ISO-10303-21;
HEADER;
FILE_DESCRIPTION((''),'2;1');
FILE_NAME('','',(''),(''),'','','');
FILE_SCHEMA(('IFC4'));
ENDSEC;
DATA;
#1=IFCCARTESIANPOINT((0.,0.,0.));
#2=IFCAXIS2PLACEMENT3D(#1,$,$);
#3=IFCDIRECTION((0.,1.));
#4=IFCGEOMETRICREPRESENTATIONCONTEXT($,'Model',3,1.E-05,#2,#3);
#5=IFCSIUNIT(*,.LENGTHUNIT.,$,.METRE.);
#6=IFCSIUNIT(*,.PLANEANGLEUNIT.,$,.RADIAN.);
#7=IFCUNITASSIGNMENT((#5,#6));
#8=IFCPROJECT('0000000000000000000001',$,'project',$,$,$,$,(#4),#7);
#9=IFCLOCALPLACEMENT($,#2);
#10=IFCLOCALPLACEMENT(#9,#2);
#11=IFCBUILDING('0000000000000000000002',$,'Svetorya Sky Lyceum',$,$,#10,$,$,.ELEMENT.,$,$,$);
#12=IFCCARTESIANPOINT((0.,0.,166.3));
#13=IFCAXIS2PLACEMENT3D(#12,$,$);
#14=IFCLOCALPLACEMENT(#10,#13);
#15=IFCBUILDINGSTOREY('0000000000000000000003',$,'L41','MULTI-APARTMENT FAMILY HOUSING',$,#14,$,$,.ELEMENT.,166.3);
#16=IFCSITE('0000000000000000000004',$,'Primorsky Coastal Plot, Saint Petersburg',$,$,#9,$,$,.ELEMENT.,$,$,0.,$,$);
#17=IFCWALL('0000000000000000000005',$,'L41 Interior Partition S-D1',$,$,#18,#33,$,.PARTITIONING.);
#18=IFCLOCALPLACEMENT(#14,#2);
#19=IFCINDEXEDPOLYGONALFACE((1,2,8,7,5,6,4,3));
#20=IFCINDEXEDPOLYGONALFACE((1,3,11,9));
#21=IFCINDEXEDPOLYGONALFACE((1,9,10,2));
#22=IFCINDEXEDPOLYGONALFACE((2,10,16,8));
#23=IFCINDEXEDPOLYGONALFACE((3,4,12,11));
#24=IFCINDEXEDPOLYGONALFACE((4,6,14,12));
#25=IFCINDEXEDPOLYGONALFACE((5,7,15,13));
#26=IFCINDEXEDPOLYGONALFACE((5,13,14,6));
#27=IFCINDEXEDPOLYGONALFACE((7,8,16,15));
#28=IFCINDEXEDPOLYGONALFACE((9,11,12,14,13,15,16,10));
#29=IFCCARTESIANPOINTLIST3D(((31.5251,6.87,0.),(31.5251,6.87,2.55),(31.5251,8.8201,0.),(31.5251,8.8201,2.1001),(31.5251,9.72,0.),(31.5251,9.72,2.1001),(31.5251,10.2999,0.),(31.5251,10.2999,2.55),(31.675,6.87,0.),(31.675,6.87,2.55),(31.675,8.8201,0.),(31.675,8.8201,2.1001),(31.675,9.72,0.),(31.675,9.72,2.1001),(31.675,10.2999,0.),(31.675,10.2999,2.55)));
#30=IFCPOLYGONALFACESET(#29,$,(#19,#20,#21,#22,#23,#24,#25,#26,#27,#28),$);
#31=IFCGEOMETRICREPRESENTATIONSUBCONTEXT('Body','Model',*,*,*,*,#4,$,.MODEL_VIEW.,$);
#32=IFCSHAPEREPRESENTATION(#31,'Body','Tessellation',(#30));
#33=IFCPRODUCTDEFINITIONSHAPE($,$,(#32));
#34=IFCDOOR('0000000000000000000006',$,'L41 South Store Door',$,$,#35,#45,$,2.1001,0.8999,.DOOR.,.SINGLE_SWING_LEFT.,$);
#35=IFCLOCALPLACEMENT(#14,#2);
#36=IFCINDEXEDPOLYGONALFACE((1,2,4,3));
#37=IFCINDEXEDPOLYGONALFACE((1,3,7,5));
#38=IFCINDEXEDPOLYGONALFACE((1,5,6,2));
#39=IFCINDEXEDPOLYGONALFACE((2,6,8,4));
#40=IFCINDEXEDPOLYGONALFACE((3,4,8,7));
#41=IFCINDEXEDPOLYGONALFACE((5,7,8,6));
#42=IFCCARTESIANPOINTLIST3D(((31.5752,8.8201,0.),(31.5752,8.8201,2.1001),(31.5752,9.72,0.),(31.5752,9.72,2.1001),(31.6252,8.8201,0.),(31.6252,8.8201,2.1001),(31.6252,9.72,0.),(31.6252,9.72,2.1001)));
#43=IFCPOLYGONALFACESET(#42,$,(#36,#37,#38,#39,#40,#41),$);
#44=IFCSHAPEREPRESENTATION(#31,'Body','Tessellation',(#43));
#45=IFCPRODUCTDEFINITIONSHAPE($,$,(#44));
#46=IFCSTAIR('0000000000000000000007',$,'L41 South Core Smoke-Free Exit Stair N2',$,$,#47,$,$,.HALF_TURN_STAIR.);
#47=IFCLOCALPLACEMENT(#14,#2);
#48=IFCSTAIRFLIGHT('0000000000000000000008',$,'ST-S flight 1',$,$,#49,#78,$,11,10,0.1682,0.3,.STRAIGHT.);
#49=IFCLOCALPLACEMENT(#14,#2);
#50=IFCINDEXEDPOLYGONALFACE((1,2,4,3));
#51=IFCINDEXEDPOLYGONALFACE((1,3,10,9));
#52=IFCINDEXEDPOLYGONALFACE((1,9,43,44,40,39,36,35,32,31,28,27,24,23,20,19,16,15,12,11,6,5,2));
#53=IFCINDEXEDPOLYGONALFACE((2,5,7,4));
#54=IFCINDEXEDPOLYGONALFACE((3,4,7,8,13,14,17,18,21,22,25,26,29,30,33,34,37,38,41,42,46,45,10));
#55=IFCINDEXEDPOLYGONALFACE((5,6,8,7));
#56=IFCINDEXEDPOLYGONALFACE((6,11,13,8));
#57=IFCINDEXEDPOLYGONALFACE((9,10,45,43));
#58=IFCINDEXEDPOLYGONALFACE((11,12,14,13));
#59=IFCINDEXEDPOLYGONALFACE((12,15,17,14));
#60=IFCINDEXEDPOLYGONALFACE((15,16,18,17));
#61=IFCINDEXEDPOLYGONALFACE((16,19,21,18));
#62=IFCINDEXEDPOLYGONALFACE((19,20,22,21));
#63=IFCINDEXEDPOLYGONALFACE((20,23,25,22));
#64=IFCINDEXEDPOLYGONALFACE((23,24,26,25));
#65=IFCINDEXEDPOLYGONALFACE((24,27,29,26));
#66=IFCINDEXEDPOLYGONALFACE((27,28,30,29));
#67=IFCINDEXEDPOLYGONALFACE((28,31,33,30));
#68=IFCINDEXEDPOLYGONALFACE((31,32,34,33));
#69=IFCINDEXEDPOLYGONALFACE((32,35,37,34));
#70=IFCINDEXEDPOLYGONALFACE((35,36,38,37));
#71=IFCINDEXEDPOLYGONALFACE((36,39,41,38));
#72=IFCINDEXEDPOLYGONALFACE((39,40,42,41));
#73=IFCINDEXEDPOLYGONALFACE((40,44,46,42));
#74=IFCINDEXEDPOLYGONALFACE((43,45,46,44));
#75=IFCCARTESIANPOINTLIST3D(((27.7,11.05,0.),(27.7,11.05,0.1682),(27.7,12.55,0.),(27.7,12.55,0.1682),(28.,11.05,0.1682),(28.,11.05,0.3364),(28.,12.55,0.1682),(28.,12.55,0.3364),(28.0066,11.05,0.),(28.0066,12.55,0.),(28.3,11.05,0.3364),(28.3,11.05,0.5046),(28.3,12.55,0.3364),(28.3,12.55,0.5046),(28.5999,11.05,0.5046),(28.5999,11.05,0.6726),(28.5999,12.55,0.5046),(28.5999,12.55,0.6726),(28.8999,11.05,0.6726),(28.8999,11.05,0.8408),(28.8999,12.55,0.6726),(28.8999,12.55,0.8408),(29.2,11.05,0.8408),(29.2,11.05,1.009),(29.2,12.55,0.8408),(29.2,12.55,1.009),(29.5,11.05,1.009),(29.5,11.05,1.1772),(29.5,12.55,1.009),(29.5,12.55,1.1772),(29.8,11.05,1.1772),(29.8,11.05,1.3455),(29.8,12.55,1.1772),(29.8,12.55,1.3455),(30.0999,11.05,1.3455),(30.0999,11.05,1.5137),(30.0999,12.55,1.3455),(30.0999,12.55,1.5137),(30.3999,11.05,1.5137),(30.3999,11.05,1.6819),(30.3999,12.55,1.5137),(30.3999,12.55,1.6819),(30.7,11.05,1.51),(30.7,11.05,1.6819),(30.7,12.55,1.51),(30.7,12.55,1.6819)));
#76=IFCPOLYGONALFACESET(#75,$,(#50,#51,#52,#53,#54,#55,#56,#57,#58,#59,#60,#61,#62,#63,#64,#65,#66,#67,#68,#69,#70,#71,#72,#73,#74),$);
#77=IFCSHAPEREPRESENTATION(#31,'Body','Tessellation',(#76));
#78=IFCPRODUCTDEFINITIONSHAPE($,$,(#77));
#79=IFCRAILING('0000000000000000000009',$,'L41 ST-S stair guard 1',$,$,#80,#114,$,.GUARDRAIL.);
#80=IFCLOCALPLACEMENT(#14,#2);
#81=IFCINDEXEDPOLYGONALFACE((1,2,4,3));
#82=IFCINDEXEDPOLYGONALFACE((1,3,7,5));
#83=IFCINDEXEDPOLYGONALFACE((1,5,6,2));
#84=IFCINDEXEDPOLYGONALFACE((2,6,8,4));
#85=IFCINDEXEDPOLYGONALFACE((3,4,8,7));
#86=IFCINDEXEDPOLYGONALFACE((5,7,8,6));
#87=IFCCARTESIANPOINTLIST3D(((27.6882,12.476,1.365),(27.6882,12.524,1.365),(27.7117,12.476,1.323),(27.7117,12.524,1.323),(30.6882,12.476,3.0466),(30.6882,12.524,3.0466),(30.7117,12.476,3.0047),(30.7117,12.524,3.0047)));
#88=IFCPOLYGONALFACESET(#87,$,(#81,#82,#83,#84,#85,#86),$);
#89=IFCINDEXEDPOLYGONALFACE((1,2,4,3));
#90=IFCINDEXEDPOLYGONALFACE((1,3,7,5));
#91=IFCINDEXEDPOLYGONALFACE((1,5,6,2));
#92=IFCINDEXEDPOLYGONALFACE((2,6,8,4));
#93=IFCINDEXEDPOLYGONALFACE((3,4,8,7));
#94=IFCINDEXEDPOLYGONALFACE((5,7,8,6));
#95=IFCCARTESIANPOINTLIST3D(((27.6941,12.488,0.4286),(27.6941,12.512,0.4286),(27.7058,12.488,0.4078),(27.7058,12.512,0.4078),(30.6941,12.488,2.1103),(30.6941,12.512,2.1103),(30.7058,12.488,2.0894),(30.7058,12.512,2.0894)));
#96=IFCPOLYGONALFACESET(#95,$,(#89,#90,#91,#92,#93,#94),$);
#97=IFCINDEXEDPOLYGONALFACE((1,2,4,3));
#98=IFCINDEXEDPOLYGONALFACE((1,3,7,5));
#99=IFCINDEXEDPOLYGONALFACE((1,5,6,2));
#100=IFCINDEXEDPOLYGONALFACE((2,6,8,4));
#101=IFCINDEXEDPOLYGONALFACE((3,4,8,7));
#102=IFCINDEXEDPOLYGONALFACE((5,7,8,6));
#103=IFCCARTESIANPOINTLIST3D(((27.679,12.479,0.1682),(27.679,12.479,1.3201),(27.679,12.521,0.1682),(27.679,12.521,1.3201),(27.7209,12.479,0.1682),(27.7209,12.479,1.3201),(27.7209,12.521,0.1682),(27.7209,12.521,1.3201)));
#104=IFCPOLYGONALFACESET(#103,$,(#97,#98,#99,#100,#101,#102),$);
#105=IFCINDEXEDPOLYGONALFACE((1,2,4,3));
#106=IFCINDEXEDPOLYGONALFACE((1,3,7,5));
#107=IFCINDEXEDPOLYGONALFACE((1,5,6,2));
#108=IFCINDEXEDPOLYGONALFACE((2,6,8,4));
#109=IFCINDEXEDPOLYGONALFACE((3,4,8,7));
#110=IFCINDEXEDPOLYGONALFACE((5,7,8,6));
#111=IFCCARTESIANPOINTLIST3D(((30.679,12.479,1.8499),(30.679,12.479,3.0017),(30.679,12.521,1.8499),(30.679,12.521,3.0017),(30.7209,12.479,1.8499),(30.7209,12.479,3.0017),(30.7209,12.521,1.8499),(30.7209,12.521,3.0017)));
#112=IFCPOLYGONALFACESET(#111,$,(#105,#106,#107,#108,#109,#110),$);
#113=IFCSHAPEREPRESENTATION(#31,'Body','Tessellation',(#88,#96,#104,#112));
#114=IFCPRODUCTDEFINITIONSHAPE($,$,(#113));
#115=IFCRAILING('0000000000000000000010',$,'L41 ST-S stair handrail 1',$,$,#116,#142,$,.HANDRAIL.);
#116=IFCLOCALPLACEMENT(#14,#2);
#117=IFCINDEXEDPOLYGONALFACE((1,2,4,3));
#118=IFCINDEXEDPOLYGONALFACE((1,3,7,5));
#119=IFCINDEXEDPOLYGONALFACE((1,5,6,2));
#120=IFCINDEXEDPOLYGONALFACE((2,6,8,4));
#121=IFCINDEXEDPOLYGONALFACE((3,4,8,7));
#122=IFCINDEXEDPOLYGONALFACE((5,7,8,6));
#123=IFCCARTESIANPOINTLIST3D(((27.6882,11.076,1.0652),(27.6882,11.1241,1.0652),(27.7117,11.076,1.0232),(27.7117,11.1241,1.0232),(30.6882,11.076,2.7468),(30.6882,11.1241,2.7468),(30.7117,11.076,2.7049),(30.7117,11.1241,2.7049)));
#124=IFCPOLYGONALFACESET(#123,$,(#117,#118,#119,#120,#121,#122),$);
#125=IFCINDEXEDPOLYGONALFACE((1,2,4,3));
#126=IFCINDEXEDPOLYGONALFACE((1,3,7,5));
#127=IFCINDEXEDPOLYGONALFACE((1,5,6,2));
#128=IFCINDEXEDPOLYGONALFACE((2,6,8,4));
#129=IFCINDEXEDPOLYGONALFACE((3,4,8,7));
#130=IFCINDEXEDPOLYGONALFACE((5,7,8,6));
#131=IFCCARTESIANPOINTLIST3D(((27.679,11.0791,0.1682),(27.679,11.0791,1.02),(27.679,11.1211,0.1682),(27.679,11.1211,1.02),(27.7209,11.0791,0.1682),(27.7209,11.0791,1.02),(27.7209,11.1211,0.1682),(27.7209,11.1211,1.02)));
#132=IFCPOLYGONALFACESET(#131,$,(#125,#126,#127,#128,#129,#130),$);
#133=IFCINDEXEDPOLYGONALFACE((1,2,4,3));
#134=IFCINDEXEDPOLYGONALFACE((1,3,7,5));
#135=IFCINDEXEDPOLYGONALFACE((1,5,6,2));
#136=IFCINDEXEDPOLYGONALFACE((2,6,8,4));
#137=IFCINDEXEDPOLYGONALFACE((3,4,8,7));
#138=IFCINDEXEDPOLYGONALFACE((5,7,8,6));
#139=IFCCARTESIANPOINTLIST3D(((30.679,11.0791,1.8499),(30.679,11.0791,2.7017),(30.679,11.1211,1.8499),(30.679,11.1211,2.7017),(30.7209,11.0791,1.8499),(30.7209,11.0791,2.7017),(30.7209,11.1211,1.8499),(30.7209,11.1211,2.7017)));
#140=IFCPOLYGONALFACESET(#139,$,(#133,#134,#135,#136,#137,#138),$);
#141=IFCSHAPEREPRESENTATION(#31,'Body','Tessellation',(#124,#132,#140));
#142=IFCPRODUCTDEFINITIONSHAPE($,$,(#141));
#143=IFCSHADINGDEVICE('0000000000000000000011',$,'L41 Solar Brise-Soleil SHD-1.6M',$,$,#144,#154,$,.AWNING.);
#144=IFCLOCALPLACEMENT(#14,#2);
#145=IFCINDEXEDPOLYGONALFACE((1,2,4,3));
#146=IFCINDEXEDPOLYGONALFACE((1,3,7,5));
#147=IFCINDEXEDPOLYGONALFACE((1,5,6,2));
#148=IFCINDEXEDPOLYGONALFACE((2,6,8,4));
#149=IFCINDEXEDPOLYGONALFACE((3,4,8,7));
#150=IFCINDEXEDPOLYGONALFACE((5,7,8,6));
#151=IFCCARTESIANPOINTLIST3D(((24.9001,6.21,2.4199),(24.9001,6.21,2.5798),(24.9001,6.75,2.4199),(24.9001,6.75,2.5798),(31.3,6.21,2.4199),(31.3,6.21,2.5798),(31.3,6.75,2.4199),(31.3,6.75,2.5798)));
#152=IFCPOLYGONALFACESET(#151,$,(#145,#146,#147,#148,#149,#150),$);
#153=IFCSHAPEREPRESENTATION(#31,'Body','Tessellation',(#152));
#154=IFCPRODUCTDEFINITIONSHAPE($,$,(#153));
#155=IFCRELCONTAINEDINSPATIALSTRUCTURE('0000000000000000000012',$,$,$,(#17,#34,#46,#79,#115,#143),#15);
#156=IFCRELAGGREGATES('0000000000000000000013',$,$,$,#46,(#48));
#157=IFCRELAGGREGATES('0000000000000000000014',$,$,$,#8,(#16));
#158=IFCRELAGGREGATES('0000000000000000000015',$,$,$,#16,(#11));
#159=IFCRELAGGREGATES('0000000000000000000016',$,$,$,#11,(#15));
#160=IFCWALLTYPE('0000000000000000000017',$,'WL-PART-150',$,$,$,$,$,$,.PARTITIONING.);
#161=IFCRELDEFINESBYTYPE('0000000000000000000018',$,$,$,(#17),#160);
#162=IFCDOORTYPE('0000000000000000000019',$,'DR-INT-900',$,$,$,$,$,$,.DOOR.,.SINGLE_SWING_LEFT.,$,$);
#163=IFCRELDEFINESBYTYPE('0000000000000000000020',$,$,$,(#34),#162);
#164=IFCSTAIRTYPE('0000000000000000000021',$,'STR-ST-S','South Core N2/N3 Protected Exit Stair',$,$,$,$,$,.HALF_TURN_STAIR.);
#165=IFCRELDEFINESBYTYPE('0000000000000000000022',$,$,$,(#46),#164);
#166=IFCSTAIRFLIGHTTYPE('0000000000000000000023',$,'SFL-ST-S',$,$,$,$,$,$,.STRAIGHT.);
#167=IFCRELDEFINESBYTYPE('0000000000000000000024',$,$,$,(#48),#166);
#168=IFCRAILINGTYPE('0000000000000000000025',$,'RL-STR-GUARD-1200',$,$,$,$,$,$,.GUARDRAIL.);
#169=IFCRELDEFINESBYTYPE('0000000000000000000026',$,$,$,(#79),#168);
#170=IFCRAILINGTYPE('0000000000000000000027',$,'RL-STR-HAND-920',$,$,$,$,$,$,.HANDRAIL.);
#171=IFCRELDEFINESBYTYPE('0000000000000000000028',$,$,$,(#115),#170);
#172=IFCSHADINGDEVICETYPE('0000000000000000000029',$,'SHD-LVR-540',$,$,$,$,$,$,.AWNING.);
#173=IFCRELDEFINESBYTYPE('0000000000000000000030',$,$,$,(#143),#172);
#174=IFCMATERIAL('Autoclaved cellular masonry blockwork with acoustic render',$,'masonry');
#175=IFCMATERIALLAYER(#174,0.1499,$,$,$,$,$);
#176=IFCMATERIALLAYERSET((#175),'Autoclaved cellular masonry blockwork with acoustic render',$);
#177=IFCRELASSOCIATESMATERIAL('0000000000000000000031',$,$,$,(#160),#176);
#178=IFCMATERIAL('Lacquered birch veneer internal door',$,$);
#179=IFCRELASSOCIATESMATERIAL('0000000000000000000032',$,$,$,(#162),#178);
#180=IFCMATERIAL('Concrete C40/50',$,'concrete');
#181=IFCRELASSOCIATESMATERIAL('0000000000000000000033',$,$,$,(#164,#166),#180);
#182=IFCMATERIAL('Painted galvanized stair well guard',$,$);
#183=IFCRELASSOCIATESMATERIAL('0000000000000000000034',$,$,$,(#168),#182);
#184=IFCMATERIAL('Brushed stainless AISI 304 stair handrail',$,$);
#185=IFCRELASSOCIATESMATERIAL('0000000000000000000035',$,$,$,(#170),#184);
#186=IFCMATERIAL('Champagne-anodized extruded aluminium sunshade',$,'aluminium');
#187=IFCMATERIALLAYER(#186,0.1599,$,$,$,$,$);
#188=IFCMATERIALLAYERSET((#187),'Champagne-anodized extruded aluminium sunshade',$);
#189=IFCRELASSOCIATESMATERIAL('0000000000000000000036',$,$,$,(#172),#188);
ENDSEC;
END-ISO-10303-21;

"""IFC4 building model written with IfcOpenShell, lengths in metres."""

from ifc_helpers import new_model, si_unit, direction, frame, frame_2d, origin, origin_2d, place, context, subcontext, project, spatial, polyline, rectangle, outline, extrude, material, layer, layer_set, type_object, element, fill, aggregate, save


model = new_model("IFC4")

# Units and contexts
model_context = context("Model", 3, precision=1e-05, world=origin(), true_north=direction((0.0, 1.0)))
body_context = subcontext(model_context, "Body", "Model", "MODEL_VIEW")
ifc_project = project(units=[si_unit("LENGTHUNIT", "METRE"), si_unit("PLANEANGLEUNIT", "RADIAN")], contexts=[model_context])

# Site, building, storey
site_placement = place(None, origin())
site = spatial("IfcSite", under=ifc_project, at=site_placement, Name="Primorsky Coastal Plot, Saint Petersburg", CompositionType="ELEMENT", RefElevation=0.0)
building_placement = place(site_placement, origin())
building = spatial("IfcBuilding", under=site, at=building_placement, Name="Svetorya Sky Lyceum", CompositionType="ELEMENT")
storey_placement = place(building_placement, frame((0.0, 0.0, 166.3)))
storey = spatial("IfcBuildingStorey", under=building, at=storey_placement, Name="L41", Description="MULTI-APARTMENT FAMILY HOUSING", CompositionType="ELEMENT", Elevation=166.3)

# Shared definitions
ifc_material_1 = material(Name="Concrete C40/50", Category="concrete")

# Wall, opening, door
ifc_material_2 = material(Name="Autoclaved cellular masonry blockwork with acoustic render", Category="masonry")
ifc_layer_1 = layer(ifc_material_2, 0.1499)
ifc_layer_set_1 = layer_set([ifc_layer_1], Name="Autoclaved cellular masonry blockwork with acoustic render")
wall_type_1 = type_object("IfcWallType", Name="WL-PART-150", PredefinedType="PARTITIONING", material=ifc_layer_set_1)
wall_1_placement = place(storey_placement, frame((31.6001, 6.8701, 0.0), z_axis=(0.0, 0.0, 1.0), x_axis=(0.0, 1.0, 0.0)))
wall_1 = element("IfcWall", 1, at=wall_1_placement, inside=storey, type_object=wall_type_1, Name="L41 Interior Partition S-D1", PredefinedType="PARTITIONING", context=body_context, shape_type="SweptSolid", body=[
    extrude(rectangle(XDim=3.4299, YDim=0.1499, at=frame_2d((1.7148, 0.0))), origin(), (0.0, 0.0, 1.0), 2.55),
])
opening_placement = place(wall_1_placement, frame((1.95, 0.0, 0.0)))
opening = element("IfcOpeningElement", 2, at=opening_placement, cuts=wall_1, PredefinedType="OPENING", context=body_context, shape_type="SweptSolid", body=[
    extrude(rectangle(XDim=0.8999, YDim=2.1001, at=frame_2d((0.45, 1.05))), frame((0.0, 0.085, 0.0), z_axis=(0.0, -1.0, 0.0), x_axis=(1.0, 0.0, 0.0)), (0.0, 0.0, 1.0), 0.1699),
])
ifc_material_3 = material(Name="Lacquered birch veneer internal door")
door_type = type_object("IfcDoorType", Name="DR-INT-900", OperationType="SINGLE_SWING_LEFT", PredefinedType="DOOR", material=ifc_material_3)
door_placement = place(opening_placement, origin())
door = element("IfcDoor", 3, at=door_placement, inside=storey, type_object=door_type, Name="L41 South Store Door", OperationType="SINGLE_SWING_LEFT", OverallHeight=2.1001, OverallWidth=0.8999, PredefinedType="DOOR", context=body_context, shape_type="SweptSolid", body=[
    extrude(rectangle(XDim=0.8999, YDim=2.1001, at=frame_2d((0.45, 1.05))), frame((0.0, 0.0249, 0.0), z_axis=(0.0, -1.0, 0.0), x_axis=(1.0, 0.0, 0.0)), (0.0, 0.0, 1.0), 0.05),
])
fill(opening, door)

# Stair, stair flight
stair_type = type_object("IfcStairType", Name="STR-ST-S", Description="South Core N2/N3 Protected Exit Stair", PredefinedType="HALF_TURN_STAIR", material=ifc_material_1)
stair_placement = place(storey_placement, origin())
stair = element("IfcStair", 4, at=stair_placement, inside=storey, type_object=stair_type, Name="L41 South Core Smoke-Free Exit Stair N2", PredefinedType="HALF_TURN_STAIR")
stair_flight_type = type_object("IfcStairFlightType", Name="SFL-ST-S", PredefinedType="STRAIGHT", material=ifc_material_1)
stair_flight_placement = place(storey_placement, frame((27.7, 11.8, 0.0), z_axis=(0.0, 0.0, 1.0), x_axis=(1.0, 0.0, 0.0)))
stair_flight = element("IfcStairFlight", 5, at=stair_flight_placement, type_object=stair_flight_type, Name="ST-S flight 1", NumberOfRisers=11, NumberOfTreads=10, PredefinedType="STRAIGHT", RiserHeight=0.1682, TreadLength=0.3, context=body_context, shape_type="SweptSolid", body=[
    extrude(outline(polyline([(0.0, 0.0), (0.0, 0.1682), (0.3, 0.1682), (0.3, 0.3364), (0.6001, 0.3364), (0.6001, 0.5046), (0.8999, 0.5046), (0.8999, 0.6726), (1.2, 0.6726), (1.2, 0.8408), (1.5, 0.8408), (1.5, 1.009), (1.8, 1.009), (1.8, 1.1772), (2.1001, 1.1772), (2.1001, 1.3455), (2.3999, 1.3455), (2.3999, 1.5137), (2.7, 1.5137), (2.7, 1.6819), (3.0, 1.6819), (3.0, 1.8501), (3.0, 1.51), (0.3066, 0.0), (0.0, 0.0)])), frame((0.0, 0.75, 0.0), z_axis=(0.0, -1.0, 0.0), x_axis=(1.0, 0.0, 0.0)), (0.0, 0.0, 1.0), 1.5),
])
aggregate(stair, [stair_flight])

# Railings
ifc_material_4 = material(Name="Painted galvanized stair well guard")
railing_type_1 = type_object("IfcRailingType", Name="RL-STR-GUARD-1200", PredefinedType="GUARDRAIL", material=ifc_material_4)
railing_1_placement = place(storey_placement, frame((27.7, 12.5, 0.1682)))
element("IfcRailing", 6, at=railing_1_placement, inside=storey, type_object=railing_type_1, Name="L41 ST-S stair guard 1", PredefinedType="GUARDRAIL", context=body_context, shape_type="SweptSolid", body=[
    extrude(rectangle(XDim=0.0481, YDim=0.0481, at=origin_2d()), frame((0.0, 0.0, 1.1758), z_axis=(0.872303, 0.0, 0.488966), x_axis=(0.0, 1.0, 0.0)), (0.0, 0.0, 1.0), 3.4392),
    extrude(rectangle(XDim=0.0239, YDim=0.0239, at=origin_2d()), frame((0.0, 0.0, 0.25), z_axis=(0.872303, 0.0, 0.488966), x_axis=(0.0, 1.0, 0.0)), (0.0, 0.0, 1.0), 3.4392),
    extrude(rectangle(XDim=0.042, YDim=0.042, at=origin_2d()), origin(), (0.0, 0.0, 1.0), 1.1519),
    extrude(rectangle(XDim=0.042, YDim=0.042, at=origin_2d()), frame((3.0, 0.0, 1.6816)), (0.0, 0.0, 1.0), 1.1519),
])
ifc_material_5 = material(Name="Brushed stainless AISI 304 stair handrail")
railing_type_2 = type_object("IfcRailingType", Name="RL-STR-HAND-920", PredefinedType="HANDRAIL", material=ifc_material_5)
railing_2_placement = place(storey_placement, frame((27.7, 11.1001, 0.1682)))
element("IfcRailing", 7, at=railing_2_placement, inside=storey, type_object=railing_type_2, Name="L41 ST-S stair handrail 1", PredefinedType="HANDRAIL", context=body_context, shape_type="SweptSolid", body=[
    extrude(rectangle(XDim=0.0481, YDim=0.0481, at=origin_2d()), frame((0.0, 0.0, 0.876), z_axis=(0.872303, 0.0, 0.488966), x_axis=(0.0, 1.0, 0.0)), (0.0, 0.0, 1.0), 3.4392),
    extrude(rectangle(XDim=0.042, YDim=0.042, at=origin_2d()), origin(), (0.0, 0.0, 1.0), 0.8518),
    extrude(rectangle(XDim=0.042, YDim=0.042, at=origin_2d()), frame((3.0, 0.0, 1.6816)), (0.0, 0.0, 1.0), 0.8518),
])

# Shading device
ifc_material_6 = material(Name="Champagne-anodized extruded aluminium sunshade", Category="aluminium")
ifc_layer_2 = layer(ifc_material_6, 0.1599)
ifc_layer_set_2 = layer_set([ifc_layer_2], Name="Champagne-anodized extruded aluminium sunshade")
shading_device_type = type_object("IfcShadingDeviceType", Name="SHD-LVR-540", PredefinedType="AWNING", material=ifc_layer_set_2)
shading_device_placement = place(storey_placement, frame((28.1001, 6.48, 2.4199), z_axis=(0.0, 0.0, 1.0), x_axis=(1.0, 0.0, 0.0)))
element("IfcShadingDevice", 8, at=shading_device_placement, inside=storey, type_object=shading_device_type, Name="L41 Solar Brise-Soleil SHD-1.6M", PredefinedType="AWNING", context=body_context, shape_type="SweptSolid", body=[
    extrude(rectangle(XDim=6.3999, YDim=0.54, at=origin_2d()), origin(), (0.0, 0.0, 1.0), 0.1599),
])

save(model, "model.ifc")
